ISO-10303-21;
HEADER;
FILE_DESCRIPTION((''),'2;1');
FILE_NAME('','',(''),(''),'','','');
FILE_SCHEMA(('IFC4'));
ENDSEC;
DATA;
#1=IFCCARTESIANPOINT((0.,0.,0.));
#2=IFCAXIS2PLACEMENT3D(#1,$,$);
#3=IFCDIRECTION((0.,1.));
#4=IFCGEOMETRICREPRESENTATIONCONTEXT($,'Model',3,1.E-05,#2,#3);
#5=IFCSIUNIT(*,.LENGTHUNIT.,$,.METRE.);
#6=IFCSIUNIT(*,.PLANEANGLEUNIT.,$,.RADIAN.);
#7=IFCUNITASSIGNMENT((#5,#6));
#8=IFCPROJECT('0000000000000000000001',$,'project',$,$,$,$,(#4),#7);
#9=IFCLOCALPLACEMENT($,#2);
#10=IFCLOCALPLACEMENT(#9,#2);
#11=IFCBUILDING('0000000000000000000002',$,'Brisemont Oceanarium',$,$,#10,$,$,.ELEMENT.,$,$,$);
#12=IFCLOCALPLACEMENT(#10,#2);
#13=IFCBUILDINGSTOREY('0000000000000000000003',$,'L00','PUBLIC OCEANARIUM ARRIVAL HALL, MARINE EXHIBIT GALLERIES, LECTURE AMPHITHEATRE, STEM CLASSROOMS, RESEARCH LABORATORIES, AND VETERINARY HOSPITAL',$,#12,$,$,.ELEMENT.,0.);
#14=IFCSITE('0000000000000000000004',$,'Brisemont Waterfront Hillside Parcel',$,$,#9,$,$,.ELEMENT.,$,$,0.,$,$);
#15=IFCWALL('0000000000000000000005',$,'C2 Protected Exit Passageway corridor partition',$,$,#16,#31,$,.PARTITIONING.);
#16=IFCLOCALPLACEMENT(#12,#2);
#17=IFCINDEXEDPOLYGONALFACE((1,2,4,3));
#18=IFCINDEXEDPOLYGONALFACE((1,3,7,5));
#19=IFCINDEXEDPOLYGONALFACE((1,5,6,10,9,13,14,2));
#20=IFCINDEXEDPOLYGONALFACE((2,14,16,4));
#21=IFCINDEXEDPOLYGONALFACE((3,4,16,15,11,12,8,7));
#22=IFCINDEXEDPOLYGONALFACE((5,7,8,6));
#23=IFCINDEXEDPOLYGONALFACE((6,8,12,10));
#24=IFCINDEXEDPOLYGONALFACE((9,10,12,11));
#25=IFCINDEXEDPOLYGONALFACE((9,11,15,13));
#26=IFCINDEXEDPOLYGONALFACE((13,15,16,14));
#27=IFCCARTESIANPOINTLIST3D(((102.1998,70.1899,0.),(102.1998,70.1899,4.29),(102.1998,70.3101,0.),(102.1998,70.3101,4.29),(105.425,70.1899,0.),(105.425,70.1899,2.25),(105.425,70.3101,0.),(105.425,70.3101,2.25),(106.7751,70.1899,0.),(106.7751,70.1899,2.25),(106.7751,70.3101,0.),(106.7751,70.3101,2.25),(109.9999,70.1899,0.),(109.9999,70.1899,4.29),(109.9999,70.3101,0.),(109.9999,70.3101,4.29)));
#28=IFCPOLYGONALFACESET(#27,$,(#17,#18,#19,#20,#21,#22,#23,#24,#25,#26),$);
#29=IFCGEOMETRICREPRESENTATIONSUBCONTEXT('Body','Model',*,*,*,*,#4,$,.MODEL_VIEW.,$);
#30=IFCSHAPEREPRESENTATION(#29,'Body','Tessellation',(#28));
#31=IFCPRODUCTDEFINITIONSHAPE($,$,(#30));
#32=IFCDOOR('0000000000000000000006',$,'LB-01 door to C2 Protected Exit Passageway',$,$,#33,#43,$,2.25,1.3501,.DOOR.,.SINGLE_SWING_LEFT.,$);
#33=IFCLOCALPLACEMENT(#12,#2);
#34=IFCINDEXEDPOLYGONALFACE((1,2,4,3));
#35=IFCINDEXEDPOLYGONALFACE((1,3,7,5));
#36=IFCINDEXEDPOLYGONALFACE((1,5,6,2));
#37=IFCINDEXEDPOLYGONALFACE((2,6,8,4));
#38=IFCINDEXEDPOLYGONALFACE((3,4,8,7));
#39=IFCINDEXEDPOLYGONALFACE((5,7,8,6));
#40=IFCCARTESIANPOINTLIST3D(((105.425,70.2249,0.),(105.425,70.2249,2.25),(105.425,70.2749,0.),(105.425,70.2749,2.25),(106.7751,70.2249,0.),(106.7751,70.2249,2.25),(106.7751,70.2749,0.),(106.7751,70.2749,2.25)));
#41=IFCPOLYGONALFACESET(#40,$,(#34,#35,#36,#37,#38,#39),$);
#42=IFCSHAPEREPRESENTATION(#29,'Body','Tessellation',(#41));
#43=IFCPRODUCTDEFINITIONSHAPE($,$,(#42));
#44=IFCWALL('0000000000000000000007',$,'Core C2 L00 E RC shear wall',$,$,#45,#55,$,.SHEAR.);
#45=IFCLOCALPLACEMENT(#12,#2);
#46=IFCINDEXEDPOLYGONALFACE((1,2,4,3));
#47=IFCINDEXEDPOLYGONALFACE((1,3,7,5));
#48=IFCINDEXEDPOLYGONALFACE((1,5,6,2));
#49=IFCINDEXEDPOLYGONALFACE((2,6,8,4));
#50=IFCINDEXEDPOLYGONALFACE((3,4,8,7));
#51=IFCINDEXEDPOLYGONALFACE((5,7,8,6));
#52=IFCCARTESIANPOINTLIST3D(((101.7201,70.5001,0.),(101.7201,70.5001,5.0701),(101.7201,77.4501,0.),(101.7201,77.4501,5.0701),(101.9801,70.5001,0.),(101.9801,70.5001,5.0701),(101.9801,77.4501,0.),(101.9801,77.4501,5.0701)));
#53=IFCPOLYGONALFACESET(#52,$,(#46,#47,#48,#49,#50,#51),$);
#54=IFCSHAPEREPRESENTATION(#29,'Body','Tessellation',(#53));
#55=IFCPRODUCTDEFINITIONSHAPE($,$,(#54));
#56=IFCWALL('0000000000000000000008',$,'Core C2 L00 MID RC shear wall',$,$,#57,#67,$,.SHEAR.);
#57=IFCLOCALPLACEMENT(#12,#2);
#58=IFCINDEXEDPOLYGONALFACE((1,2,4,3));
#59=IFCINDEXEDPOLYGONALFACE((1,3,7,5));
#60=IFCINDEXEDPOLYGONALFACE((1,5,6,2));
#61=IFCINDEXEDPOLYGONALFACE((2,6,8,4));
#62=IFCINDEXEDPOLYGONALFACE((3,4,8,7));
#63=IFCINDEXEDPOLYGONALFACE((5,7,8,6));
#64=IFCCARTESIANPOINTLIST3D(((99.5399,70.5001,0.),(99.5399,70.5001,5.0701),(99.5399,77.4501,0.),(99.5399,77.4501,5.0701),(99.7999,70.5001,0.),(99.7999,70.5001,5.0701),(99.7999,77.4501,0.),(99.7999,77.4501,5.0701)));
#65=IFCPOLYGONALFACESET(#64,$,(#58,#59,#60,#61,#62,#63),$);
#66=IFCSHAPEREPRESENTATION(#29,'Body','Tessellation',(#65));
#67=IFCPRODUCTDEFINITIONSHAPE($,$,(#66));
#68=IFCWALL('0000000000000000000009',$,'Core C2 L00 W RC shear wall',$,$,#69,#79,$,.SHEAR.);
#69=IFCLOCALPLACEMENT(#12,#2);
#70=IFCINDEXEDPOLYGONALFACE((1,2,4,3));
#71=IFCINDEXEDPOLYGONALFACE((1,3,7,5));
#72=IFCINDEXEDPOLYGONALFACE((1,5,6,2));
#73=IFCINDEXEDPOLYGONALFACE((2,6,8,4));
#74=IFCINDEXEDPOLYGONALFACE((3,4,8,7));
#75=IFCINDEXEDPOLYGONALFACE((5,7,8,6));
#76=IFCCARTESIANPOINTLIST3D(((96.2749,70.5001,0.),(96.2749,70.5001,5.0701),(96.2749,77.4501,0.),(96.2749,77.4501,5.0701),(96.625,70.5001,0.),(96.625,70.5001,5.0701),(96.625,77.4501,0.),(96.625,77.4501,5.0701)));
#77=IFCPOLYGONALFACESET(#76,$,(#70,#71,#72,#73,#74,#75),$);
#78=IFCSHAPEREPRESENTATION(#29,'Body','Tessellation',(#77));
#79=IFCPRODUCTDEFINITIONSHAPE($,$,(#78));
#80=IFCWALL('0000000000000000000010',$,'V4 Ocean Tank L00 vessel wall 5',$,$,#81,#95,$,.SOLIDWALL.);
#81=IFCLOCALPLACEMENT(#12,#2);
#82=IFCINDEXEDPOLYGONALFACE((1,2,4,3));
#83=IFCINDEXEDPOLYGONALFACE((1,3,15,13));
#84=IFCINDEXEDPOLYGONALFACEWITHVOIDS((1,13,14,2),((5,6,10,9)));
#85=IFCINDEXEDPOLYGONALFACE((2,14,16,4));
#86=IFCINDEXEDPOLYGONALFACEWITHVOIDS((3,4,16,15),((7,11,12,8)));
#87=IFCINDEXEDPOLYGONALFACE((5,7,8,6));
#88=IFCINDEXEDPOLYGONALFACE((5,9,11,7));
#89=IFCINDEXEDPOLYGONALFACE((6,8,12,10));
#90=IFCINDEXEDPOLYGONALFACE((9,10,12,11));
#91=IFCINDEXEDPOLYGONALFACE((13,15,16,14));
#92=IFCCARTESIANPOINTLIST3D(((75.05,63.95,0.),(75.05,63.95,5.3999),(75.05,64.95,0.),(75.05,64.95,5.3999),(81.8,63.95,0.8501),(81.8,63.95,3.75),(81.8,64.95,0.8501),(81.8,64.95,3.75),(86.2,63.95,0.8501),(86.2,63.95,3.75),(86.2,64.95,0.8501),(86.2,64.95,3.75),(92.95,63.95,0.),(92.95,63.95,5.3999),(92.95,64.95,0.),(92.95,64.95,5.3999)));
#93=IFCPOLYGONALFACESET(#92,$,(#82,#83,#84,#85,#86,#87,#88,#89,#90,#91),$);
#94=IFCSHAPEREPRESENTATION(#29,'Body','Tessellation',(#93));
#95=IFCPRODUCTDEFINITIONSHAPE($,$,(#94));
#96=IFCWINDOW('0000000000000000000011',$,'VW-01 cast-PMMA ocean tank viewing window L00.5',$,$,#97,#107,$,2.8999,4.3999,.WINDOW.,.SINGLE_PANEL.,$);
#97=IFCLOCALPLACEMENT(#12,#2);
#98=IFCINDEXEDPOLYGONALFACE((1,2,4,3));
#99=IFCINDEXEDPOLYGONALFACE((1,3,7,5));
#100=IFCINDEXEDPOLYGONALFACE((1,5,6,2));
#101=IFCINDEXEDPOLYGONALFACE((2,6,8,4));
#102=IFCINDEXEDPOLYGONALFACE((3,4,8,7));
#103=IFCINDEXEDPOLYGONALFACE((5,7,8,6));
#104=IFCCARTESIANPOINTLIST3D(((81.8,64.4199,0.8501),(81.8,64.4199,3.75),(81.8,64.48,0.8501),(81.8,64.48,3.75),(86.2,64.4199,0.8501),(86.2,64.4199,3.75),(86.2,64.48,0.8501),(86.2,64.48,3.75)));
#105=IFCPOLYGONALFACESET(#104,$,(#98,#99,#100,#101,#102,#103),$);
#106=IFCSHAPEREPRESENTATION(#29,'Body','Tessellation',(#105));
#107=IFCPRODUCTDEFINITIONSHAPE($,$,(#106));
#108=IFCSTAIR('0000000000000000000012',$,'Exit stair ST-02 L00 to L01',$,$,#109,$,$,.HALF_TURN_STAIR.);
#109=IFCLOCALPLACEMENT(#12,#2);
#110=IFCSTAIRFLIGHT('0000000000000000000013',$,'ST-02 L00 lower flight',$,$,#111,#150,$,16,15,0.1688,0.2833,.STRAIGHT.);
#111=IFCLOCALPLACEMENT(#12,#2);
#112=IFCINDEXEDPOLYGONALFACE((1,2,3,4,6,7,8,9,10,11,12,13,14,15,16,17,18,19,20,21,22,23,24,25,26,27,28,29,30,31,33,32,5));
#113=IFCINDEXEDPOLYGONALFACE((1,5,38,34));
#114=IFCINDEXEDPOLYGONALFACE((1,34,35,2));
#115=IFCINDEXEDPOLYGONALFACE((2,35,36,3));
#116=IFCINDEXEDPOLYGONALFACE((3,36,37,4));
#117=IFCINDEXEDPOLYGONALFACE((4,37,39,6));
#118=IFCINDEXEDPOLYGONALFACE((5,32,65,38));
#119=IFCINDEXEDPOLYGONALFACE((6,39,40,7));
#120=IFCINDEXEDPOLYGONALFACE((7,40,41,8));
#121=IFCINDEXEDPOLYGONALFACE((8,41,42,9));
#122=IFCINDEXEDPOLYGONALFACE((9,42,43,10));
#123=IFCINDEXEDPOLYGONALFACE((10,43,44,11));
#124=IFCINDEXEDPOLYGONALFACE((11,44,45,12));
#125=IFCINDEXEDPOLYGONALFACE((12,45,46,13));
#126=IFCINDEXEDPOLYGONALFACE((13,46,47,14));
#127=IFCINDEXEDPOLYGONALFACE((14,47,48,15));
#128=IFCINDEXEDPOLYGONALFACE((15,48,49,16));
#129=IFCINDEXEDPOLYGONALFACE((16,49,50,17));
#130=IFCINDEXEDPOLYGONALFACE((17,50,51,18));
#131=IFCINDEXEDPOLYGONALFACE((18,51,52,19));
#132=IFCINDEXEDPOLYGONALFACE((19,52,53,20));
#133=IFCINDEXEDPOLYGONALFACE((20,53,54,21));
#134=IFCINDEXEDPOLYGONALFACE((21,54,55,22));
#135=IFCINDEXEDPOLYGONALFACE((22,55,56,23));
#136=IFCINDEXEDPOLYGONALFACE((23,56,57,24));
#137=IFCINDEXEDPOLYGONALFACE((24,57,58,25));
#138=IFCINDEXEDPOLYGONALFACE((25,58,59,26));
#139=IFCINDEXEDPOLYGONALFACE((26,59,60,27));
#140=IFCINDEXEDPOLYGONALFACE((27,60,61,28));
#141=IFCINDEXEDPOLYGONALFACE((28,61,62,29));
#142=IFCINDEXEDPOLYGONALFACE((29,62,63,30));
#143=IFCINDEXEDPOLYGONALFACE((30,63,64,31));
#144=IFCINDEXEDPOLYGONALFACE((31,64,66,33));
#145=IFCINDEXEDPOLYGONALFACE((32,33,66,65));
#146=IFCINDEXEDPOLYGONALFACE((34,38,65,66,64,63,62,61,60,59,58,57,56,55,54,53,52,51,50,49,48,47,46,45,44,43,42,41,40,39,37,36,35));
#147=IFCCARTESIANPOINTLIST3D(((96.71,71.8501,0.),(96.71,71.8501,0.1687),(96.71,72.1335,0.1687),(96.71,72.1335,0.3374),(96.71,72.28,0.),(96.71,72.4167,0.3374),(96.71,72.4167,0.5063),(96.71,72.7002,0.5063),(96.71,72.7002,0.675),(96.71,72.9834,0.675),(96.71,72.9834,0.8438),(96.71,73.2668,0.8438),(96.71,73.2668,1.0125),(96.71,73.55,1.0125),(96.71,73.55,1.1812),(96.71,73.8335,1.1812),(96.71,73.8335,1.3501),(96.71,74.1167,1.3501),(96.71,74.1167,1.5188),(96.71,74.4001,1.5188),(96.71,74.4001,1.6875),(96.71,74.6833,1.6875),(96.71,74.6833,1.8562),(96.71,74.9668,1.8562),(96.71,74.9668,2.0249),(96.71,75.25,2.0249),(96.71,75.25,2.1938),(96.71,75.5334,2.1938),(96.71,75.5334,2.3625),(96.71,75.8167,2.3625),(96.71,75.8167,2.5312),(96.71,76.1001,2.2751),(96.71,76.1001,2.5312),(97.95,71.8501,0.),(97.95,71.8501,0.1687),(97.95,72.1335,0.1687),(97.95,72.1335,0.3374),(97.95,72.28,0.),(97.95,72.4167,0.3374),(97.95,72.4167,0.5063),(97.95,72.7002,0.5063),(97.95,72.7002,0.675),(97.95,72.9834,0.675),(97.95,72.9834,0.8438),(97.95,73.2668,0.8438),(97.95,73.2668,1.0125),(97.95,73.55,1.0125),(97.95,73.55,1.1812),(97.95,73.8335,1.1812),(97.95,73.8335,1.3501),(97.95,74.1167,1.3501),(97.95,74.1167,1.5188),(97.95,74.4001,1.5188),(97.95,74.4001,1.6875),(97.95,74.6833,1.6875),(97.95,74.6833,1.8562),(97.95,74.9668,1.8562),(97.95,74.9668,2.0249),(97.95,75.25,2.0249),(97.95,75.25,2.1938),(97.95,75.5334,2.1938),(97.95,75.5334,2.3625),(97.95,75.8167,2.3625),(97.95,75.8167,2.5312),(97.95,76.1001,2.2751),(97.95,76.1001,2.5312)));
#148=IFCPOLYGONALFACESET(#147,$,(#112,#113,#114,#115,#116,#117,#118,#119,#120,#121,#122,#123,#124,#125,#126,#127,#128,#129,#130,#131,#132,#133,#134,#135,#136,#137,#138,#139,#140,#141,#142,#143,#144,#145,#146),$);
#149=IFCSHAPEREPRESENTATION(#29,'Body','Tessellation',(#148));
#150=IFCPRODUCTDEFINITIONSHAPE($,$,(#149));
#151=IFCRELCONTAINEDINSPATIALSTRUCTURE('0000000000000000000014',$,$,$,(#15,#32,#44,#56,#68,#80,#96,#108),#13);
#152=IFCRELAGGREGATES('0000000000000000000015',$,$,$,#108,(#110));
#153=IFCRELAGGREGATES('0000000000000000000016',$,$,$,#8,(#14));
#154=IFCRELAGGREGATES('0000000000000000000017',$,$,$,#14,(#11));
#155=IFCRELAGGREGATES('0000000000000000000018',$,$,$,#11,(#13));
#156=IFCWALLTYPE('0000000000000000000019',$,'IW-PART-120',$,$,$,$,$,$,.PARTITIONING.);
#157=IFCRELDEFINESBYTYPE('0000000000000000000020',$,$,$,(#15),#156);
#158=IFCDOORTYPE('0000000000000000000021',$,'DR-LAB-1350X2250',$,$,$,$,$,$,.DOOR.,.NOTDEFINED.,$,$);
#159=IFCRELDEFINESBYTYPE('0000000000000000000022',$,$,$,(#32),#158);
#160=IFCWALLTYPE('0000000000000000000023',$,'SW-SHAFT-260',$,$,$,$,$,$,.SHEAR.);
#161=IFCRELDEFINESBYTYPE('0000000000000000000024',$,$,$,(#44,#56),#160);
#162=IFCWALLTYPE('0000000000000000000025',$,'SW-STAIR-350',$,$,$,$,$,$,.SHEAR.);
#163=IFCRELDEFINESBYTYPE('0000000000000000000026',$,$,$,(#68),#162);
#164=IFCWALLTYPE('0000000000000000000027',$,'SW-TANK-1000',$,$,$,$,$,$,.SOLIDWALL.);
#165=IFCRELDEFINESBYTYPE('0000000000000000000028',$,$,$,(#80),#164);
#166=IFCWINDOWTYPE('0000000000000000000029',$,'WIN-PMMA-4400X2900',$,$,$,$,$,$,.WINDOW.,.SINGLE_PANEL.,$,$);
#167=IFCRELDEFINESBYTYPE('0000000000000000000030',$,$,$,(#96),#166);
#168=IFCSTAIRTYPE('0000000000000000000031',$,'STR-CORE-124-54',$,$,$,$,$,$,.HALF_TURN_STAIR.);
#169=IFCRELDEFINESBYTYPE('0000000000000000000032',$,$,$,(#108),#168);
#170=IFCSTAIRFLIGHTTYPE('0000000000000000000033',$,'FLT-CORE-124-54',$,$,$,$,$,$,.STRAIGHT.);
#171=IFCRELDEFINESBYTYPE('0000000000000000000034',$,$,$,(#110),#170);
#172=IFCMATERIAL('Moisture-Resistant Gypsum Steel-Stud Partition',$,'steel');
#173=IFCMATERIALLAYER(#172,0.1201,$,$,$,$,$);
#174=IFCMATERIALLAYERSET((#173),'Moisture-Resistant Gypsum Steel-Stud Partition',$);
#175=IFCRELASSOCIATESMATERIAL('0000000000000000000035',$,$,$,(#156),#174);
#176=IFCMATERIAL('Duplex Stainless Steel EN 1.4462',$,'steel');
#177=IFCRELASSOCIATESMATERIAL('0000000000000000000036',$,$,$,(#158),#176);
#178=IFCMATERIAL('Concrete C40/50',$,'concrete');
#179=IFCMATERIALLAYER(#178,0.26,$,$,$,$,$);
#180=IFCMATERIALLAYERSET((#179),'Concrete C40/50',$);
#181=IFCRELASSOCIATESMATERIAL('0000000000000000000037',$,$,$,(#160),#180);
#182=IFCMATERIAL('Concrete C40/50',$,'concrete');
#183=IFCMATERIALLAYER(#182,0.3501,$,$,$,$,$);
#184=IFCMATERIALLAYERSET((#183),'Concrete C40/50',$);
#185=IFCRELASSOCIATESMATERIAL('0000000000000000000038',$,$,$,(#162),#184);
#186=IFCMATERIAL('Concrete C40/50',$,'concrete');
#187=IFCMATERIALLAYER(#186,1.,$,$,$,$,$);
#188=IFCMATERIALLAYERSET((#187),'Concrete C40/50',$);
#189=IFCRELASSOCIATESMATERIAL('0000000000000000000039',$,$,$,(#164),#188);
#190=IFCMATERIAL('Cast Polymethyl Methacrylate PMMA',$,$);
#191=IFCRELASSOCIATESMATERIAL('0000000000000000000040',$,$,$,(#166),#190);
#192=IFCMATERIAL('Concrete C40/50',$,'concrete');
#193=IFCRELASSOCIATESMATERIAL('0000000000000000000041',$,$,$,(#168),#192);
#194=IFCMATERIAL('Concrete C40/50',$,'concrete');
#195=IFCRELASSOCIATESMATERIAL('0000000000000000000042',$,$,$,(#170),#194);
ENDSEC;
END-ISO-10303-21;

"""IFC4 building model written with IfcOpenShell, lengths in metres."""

from ifc_helpers import new_model, si_unit, direction, frame, frame_2d, origin, place, context, subcontext, project, spatial, polyline, rectangle, outline, extrude, material, layer, layer_set, type_object, element, fill, aggregate, save


model = new_model("IFC4")

# Units and contexts
model_context = context("Model", 3, precision=1e-05, world=origin(), true_north=direction((0.0, 1.0)))
body_context = subcontext(model_context, "Body", "Model", "MODEL_VIEW")
ifc_project = project(units=[si_unit("LENGTHUNIT", "METRE"), si_unit("PLANEANGLEUNIT", "RADIAN")], contexts=[model_context])

# Site, building, storey
site_placement = place(None, origin())
site = spatial("IfcSite", under=ifc_project, at=site_placement, Name="Brisemont Waterfront Hillside Parcel", CompositionType="ELEMENT", RefElevation=0.0)
building_placement = place(site_placement, origin())
building = spatial("IfcBuilding", under=site, at=building_placement, Name="Brisemont Oceanarium", CompositionType="ELEMENT")
storey_placement = place(building_placement, origin())
storey = spatial("IfcBuildingStorey", under=building, at=storey_placement, Name="L00", Description="PUBLIC OCEANARIUM ARRIVAL HALL, MARINE EXHIBIT GALLERIES, LECTURE AMPHITHEATRE, STEM CLASSROOMS, RESEARCH LABORATORIES, AND VETERINARY HOSPITAL", CompositionType="ELEMENT", Elevation=0.0)

# Wall, opening, door
ifc_material_1 = material(Name="Moisture-Resistant Gypsum Steel-Stud Partition", Category="steel")
ifc_layer_1 = layer(ifc_material_1, 0.1201)
ifc_layer_set_1 = layer_set([ifc_layer_1], Name="Moisture-Resistant Gypsum Steel-Stud Partition")
wall_type_1 = type_object("IfcWallType", Name="IW-PART-120", PredefinedType="PARTITIONING", material=ifc_layer_set_1)
wall_1_placement = place(storey_placement, frame((102.2, 70.25, 0.0), z_axis=(0.0, 0.0, 1.0), x_axis=(1.0, 0.0, 0.0)))
wall_1 = element("IfcWall", 1, at=wall_1_placement, inside=storey, type_object=wall_type_1, Name="C2 Protected Exit Passageway corridor partition", PredefinedType="PARTITIONING", context=body_context, shape_type="SweptSolid", body=[
    extrude(rectangle(XDim=7.8, YDim=0.1201, at=frame_2d((3.8999, 0.0))), origin(), (0.0, 0.0, 1.0), 4.29),
])
opening_1_placement = place(wall_1_placement, frame((3.2251, 0.0, 0.0)))
opening_1 = element("IfcOpeningElement", 2, at=opening_1_placement, cuts=wall_1, PredefinedType="OPENING", context=body_context, shape_type="SweptSolid", body=[
    extrude(rectangle(XDim=1.3501, YDim=2.25, at=frame_2d((0.675, 1.125))), frame((0.0, 0.0701, 0.0), z_axis=(0.0, -1.0, 0.0), x_axis=(1.0, 0.0, 0.0)), (0.0, 0.0, 1.0), 0.1401),
])
ifc_material_2 = material(Name="Duplex Stainless Steel EN 1.4462", Category="steel")
door_type_1 = type_object("IfcDoorType", Name="DR-LAB-1350X2250", OperationType="NOTDEFINED", PredefinedType="DOOR", material=ifc_material_2)
door_1_placement = place(opening_1_placement, origin())
door_1 = element("IfcDoor", 3, at=door_1_placement, inside=storey, type_object=door_type_1, Name="LB-01 door to C2 Protected Exit Passageway", OperationType="SINGLE_SWING_LEFT", OverallHeight=2.25, OverallWidth=1.3501, PredefinedType="DOOR", context=body_context, shape_type="SweptSolid", body=[
    extrude(rectangle(XDim=1.3501, YDim=2.25, at=frame_2d((0.675, 1.125))), frame((0.0, 0.0249, 0.0), z_axis=(0.0, -1.0, 0.0), x_axis=(1.0, 0.0, 0.0)), (0.0, 0.0, 1.0), 0.05),
])
fill(opening_1, door_1)

# Walls
ifc_material_3 = material(Name="Concrete C40/50", Category="concrete")
ifc_layer_2 = layer(ifc_material_3, 0.26)
ifc_layer_set_2 = layer_set([ifc_layer_2], Name="Concrete C40/50")
wall_type_2 = type_object("IfcWallType", Name="SW-SHAFT-260", PredefinedType="SHEAR", material=ifc_layer_set_2)
for number, where, z_axis, x_axis, name in (
    (4, (101.8501, 70.5, 0.0), (0.0, 0.0, 1.0), (0.0, 1.0, 0.0), "Core C2 L00 E RC shear wall"),
    (5, (99.6699, 70.5, 0.0), (0.0, 0.0, 1.0), (0.0, 1.0, 0.0), "Core C2 L00 MID RC shear wall"),
):
    element("IfcWall", number, at=place(storey_placement, frame(where, z_axis=z_axis, x_axis=x_axis)), inside=storey, type_object=wall_type_2, Name=name, PredefinedType="SHEAR", context=body_context, shape_type="SweptSolid", body=[
        extrude(rectangle(XDim=6.95, YDim=0.26, at=frame_2d((3.4751, 0.0))), origin(), (0.0, 0.0, 1.0), 5.0701),
    ])

# Shared definitions
ifc_material_4 = material(Name="Concrete C40/50", Category="concrete")
ifc_layer_3 = layer(ifc_material_4, 0.3501)
ifc_layer_set_3 = layer_set([ifc_layer_3], Name="Concrete C40/50")
wall_type_3 = type_object("IfcWallType", Name="SW-STAIR-350", PredefinedType="SHEAR", material=ifc_layer_set_3)

# Wall
wall_2_placement = place(storey_placement, frame((96.45, 70.5, 0.0), z_axis=(0.0, 0.0, 1.0), x_axis=(0.0, 1.0, 0.0)))
element("IfcWall", 6, at=wall_2_placement, inside=storey, type_object=wall_type_3, Name="Core C2 L00 W RC shear wall", PredefinedType="SHEAR", context=body_context, shape_type="SweptSolid", body=[
    extrude(rectangle(XDim=6.95, YDim=0.3501, at=frame_2d((3.4751, 0.0))), origin(), (0.0, 0.0, 1.0), 5.0701),
])

# Wall, opening, window
ifc_material_5 = material(Name="Concrete C40/50", Category="concrete")
ifc_layer_4 = layer(ifc_material_5, 1.0)
ifc_layer_set_4 = layer_set([ifc_layer_4], Name="Concrete C40/50")
wall_type_4 = type_object("IfcWallType", Name="SW-TANK-1000", PredefinedType="SOLIDWALL", material=ifc_layer_set_4)
wall_3_placement = place(storey_placement, frame((92.95, 64.45, 0.0), z_axis=(0.0, 0.0, 1.0), x_axis=(-1.0, 0.0, 0.0)))
wall_3 = element("IfcWall", 7, at=wall_3_placement, inside=storey, type_object=wall_type_4, Name="V4 Ocean Tank L00 vessel wall 5", PredefinedType="SOLIDWALL", context=body_context, shape_type="SweptSolid", body=[
    extrude(rectangle(XDim=17.8999, YDim=1.0, at=frame_2d((8.95, 0.0))), origin(), (0.0, 0.0, 1.0), 5.3999),
])
opening_2_placement = place(wall_3_placement, frame((6.75, 0.0, 0.8501)))
opening_2 = element("IfcOpeningElement", 8, at=opening_2_placement, cuts=wall_3, PredefinedType="OPENING", context=body_context, shape_type="SweptSolid", body=[
    extrude(rectangle(XDim=4.3999, YDim=2.8999, at=frame_2d((2.2, 1.45))), frame((0.0, 0.51, 0.0), z_axis=(0.0, -1.0, 0.0), x_axis=(1.0, 0.0, 0.0)), (0.0, 0.0, 1.0), 1.02),
])
ifc_material_6 = material(Name="Cast Polymethyl Methacrylate PMMA")
window_type = type_object("IfcWindowType", Name="WIN-PMMA-4400X2900", PartitioningType="SINGLE_PANEL", PredefinedType="WINDOW", material=ifc_material_6)
window_placement = place(opening_2_placement, origin())
window = element("IfcWindow", 9, at=window_placement, inside=storey, type_object=window_type, Name="VW-01 cast-PMMA ocean tank viewing window L00.5", OverallHeight=2.8999, OverallWidth=4.3999, PartitioningType="SINGLE_PANEL", PredefinedType="WINDOW", context=body_context, shape_type="SweptSolid", body=[
    extrude(rectangle(XDim=4.3999, YDim=2.8999, at=frame_2d((2.2, 1.45))), frame((0.0, 0.03, 0.0), z_axis=(0.0, -1.0, 0.0), x_axis=(1.0, 0.0, 0.0)), (0.0, 0.0, 1.0), 0.0601),
])
fill(opening_2, window)

# Stair, stair flight
ifc_material_7 = material(Name="Concrete C40/50", Category="concrete")
stair_type = type_object("IfcStairType", Name="STR-CORE-124-54", PredefinedType="HALF_TURN_STAIR", material=ifc_material_7)
stair_placement = place(storey_placement, origin())
stair = element("IfcStair", 10, at=stair_placement, inside=storey, type_object=stair_type, Name="Exit stair ST-02 L00 to L01", PredefinedType="HALF_TURN_STAIR")
ifc_material_8 = material(Name="Concrete C40/50", Category="concrete")
stair_flight_type = type_object("IfcStairFlightType", Name="FLT-CORE-124-54", PredefinedType="STRAIGHT", material=ifc_material_8)
stair_flight_placement = place(storey_placement, frame((97.3301, 71.8501, 0.0), z_axis=(0.0, 0.0, 1.0), x_axis=(0.0, 1.0, 0.0)))
stair_flight = element("IfcStairFlight", 11, at=stair_flight_placement, type_object=stair_flight_type, Name="ST-02 L00 lower flight", NumberOfRisers=16, NumberOfTreads=15, PredefinedType="STRAIGHT", RiserHeight=0.1688, TreadLength=0.2833, context=body_context, shape_type="SweptSolid", body=[
    extrude(outline(polyline([(0.0, 0.0), (0.0, 0.1687), (0.2834, 0.1687), (0.2834, 0.3374), (0.5667, 0.3374), (0.5667, 0.5063), (0.8501, 0.5063), (0.8501, 0.675), (1.1333, 0.675), (1.1333, 0.8438), (1.4167, 0.8438), (1.4167, 1.0125), (1.7, 1.0125), (1.7, 1.1812), (1.9834, 1.1812), (1.9834, 1.3501), (2.2666, 1.3501), (2.2666, 1.5188), (2.55, 1.5188), (2.55, 1.6875), (2.8333, 1.6875), (2.8333, 1.8562), (3.1167, 1.8562), (3.1167, 2.0249), (3.3999, 2.0249), (3.3999, 2.1938), (3.6833, 2.1938), (3.6833, 2.3625), (3.9666, 2.3625), (3.9666, 2.5312), (4.25, 2.5312), (4.25, 2.7), (4.25, 2.2751), (0.4299, 0.0), (0.0, 0.0)])), frame((0.0, 0.6201, 0.0), z_axis=(0.0, -1.0, 0.0), x_axis=(1.0, 0.0, 0.0)), (0.0, 0.0, 1.0), 1.24),
])
aggregate(stair, [stair_flight])

save(model, "model.ifc")
